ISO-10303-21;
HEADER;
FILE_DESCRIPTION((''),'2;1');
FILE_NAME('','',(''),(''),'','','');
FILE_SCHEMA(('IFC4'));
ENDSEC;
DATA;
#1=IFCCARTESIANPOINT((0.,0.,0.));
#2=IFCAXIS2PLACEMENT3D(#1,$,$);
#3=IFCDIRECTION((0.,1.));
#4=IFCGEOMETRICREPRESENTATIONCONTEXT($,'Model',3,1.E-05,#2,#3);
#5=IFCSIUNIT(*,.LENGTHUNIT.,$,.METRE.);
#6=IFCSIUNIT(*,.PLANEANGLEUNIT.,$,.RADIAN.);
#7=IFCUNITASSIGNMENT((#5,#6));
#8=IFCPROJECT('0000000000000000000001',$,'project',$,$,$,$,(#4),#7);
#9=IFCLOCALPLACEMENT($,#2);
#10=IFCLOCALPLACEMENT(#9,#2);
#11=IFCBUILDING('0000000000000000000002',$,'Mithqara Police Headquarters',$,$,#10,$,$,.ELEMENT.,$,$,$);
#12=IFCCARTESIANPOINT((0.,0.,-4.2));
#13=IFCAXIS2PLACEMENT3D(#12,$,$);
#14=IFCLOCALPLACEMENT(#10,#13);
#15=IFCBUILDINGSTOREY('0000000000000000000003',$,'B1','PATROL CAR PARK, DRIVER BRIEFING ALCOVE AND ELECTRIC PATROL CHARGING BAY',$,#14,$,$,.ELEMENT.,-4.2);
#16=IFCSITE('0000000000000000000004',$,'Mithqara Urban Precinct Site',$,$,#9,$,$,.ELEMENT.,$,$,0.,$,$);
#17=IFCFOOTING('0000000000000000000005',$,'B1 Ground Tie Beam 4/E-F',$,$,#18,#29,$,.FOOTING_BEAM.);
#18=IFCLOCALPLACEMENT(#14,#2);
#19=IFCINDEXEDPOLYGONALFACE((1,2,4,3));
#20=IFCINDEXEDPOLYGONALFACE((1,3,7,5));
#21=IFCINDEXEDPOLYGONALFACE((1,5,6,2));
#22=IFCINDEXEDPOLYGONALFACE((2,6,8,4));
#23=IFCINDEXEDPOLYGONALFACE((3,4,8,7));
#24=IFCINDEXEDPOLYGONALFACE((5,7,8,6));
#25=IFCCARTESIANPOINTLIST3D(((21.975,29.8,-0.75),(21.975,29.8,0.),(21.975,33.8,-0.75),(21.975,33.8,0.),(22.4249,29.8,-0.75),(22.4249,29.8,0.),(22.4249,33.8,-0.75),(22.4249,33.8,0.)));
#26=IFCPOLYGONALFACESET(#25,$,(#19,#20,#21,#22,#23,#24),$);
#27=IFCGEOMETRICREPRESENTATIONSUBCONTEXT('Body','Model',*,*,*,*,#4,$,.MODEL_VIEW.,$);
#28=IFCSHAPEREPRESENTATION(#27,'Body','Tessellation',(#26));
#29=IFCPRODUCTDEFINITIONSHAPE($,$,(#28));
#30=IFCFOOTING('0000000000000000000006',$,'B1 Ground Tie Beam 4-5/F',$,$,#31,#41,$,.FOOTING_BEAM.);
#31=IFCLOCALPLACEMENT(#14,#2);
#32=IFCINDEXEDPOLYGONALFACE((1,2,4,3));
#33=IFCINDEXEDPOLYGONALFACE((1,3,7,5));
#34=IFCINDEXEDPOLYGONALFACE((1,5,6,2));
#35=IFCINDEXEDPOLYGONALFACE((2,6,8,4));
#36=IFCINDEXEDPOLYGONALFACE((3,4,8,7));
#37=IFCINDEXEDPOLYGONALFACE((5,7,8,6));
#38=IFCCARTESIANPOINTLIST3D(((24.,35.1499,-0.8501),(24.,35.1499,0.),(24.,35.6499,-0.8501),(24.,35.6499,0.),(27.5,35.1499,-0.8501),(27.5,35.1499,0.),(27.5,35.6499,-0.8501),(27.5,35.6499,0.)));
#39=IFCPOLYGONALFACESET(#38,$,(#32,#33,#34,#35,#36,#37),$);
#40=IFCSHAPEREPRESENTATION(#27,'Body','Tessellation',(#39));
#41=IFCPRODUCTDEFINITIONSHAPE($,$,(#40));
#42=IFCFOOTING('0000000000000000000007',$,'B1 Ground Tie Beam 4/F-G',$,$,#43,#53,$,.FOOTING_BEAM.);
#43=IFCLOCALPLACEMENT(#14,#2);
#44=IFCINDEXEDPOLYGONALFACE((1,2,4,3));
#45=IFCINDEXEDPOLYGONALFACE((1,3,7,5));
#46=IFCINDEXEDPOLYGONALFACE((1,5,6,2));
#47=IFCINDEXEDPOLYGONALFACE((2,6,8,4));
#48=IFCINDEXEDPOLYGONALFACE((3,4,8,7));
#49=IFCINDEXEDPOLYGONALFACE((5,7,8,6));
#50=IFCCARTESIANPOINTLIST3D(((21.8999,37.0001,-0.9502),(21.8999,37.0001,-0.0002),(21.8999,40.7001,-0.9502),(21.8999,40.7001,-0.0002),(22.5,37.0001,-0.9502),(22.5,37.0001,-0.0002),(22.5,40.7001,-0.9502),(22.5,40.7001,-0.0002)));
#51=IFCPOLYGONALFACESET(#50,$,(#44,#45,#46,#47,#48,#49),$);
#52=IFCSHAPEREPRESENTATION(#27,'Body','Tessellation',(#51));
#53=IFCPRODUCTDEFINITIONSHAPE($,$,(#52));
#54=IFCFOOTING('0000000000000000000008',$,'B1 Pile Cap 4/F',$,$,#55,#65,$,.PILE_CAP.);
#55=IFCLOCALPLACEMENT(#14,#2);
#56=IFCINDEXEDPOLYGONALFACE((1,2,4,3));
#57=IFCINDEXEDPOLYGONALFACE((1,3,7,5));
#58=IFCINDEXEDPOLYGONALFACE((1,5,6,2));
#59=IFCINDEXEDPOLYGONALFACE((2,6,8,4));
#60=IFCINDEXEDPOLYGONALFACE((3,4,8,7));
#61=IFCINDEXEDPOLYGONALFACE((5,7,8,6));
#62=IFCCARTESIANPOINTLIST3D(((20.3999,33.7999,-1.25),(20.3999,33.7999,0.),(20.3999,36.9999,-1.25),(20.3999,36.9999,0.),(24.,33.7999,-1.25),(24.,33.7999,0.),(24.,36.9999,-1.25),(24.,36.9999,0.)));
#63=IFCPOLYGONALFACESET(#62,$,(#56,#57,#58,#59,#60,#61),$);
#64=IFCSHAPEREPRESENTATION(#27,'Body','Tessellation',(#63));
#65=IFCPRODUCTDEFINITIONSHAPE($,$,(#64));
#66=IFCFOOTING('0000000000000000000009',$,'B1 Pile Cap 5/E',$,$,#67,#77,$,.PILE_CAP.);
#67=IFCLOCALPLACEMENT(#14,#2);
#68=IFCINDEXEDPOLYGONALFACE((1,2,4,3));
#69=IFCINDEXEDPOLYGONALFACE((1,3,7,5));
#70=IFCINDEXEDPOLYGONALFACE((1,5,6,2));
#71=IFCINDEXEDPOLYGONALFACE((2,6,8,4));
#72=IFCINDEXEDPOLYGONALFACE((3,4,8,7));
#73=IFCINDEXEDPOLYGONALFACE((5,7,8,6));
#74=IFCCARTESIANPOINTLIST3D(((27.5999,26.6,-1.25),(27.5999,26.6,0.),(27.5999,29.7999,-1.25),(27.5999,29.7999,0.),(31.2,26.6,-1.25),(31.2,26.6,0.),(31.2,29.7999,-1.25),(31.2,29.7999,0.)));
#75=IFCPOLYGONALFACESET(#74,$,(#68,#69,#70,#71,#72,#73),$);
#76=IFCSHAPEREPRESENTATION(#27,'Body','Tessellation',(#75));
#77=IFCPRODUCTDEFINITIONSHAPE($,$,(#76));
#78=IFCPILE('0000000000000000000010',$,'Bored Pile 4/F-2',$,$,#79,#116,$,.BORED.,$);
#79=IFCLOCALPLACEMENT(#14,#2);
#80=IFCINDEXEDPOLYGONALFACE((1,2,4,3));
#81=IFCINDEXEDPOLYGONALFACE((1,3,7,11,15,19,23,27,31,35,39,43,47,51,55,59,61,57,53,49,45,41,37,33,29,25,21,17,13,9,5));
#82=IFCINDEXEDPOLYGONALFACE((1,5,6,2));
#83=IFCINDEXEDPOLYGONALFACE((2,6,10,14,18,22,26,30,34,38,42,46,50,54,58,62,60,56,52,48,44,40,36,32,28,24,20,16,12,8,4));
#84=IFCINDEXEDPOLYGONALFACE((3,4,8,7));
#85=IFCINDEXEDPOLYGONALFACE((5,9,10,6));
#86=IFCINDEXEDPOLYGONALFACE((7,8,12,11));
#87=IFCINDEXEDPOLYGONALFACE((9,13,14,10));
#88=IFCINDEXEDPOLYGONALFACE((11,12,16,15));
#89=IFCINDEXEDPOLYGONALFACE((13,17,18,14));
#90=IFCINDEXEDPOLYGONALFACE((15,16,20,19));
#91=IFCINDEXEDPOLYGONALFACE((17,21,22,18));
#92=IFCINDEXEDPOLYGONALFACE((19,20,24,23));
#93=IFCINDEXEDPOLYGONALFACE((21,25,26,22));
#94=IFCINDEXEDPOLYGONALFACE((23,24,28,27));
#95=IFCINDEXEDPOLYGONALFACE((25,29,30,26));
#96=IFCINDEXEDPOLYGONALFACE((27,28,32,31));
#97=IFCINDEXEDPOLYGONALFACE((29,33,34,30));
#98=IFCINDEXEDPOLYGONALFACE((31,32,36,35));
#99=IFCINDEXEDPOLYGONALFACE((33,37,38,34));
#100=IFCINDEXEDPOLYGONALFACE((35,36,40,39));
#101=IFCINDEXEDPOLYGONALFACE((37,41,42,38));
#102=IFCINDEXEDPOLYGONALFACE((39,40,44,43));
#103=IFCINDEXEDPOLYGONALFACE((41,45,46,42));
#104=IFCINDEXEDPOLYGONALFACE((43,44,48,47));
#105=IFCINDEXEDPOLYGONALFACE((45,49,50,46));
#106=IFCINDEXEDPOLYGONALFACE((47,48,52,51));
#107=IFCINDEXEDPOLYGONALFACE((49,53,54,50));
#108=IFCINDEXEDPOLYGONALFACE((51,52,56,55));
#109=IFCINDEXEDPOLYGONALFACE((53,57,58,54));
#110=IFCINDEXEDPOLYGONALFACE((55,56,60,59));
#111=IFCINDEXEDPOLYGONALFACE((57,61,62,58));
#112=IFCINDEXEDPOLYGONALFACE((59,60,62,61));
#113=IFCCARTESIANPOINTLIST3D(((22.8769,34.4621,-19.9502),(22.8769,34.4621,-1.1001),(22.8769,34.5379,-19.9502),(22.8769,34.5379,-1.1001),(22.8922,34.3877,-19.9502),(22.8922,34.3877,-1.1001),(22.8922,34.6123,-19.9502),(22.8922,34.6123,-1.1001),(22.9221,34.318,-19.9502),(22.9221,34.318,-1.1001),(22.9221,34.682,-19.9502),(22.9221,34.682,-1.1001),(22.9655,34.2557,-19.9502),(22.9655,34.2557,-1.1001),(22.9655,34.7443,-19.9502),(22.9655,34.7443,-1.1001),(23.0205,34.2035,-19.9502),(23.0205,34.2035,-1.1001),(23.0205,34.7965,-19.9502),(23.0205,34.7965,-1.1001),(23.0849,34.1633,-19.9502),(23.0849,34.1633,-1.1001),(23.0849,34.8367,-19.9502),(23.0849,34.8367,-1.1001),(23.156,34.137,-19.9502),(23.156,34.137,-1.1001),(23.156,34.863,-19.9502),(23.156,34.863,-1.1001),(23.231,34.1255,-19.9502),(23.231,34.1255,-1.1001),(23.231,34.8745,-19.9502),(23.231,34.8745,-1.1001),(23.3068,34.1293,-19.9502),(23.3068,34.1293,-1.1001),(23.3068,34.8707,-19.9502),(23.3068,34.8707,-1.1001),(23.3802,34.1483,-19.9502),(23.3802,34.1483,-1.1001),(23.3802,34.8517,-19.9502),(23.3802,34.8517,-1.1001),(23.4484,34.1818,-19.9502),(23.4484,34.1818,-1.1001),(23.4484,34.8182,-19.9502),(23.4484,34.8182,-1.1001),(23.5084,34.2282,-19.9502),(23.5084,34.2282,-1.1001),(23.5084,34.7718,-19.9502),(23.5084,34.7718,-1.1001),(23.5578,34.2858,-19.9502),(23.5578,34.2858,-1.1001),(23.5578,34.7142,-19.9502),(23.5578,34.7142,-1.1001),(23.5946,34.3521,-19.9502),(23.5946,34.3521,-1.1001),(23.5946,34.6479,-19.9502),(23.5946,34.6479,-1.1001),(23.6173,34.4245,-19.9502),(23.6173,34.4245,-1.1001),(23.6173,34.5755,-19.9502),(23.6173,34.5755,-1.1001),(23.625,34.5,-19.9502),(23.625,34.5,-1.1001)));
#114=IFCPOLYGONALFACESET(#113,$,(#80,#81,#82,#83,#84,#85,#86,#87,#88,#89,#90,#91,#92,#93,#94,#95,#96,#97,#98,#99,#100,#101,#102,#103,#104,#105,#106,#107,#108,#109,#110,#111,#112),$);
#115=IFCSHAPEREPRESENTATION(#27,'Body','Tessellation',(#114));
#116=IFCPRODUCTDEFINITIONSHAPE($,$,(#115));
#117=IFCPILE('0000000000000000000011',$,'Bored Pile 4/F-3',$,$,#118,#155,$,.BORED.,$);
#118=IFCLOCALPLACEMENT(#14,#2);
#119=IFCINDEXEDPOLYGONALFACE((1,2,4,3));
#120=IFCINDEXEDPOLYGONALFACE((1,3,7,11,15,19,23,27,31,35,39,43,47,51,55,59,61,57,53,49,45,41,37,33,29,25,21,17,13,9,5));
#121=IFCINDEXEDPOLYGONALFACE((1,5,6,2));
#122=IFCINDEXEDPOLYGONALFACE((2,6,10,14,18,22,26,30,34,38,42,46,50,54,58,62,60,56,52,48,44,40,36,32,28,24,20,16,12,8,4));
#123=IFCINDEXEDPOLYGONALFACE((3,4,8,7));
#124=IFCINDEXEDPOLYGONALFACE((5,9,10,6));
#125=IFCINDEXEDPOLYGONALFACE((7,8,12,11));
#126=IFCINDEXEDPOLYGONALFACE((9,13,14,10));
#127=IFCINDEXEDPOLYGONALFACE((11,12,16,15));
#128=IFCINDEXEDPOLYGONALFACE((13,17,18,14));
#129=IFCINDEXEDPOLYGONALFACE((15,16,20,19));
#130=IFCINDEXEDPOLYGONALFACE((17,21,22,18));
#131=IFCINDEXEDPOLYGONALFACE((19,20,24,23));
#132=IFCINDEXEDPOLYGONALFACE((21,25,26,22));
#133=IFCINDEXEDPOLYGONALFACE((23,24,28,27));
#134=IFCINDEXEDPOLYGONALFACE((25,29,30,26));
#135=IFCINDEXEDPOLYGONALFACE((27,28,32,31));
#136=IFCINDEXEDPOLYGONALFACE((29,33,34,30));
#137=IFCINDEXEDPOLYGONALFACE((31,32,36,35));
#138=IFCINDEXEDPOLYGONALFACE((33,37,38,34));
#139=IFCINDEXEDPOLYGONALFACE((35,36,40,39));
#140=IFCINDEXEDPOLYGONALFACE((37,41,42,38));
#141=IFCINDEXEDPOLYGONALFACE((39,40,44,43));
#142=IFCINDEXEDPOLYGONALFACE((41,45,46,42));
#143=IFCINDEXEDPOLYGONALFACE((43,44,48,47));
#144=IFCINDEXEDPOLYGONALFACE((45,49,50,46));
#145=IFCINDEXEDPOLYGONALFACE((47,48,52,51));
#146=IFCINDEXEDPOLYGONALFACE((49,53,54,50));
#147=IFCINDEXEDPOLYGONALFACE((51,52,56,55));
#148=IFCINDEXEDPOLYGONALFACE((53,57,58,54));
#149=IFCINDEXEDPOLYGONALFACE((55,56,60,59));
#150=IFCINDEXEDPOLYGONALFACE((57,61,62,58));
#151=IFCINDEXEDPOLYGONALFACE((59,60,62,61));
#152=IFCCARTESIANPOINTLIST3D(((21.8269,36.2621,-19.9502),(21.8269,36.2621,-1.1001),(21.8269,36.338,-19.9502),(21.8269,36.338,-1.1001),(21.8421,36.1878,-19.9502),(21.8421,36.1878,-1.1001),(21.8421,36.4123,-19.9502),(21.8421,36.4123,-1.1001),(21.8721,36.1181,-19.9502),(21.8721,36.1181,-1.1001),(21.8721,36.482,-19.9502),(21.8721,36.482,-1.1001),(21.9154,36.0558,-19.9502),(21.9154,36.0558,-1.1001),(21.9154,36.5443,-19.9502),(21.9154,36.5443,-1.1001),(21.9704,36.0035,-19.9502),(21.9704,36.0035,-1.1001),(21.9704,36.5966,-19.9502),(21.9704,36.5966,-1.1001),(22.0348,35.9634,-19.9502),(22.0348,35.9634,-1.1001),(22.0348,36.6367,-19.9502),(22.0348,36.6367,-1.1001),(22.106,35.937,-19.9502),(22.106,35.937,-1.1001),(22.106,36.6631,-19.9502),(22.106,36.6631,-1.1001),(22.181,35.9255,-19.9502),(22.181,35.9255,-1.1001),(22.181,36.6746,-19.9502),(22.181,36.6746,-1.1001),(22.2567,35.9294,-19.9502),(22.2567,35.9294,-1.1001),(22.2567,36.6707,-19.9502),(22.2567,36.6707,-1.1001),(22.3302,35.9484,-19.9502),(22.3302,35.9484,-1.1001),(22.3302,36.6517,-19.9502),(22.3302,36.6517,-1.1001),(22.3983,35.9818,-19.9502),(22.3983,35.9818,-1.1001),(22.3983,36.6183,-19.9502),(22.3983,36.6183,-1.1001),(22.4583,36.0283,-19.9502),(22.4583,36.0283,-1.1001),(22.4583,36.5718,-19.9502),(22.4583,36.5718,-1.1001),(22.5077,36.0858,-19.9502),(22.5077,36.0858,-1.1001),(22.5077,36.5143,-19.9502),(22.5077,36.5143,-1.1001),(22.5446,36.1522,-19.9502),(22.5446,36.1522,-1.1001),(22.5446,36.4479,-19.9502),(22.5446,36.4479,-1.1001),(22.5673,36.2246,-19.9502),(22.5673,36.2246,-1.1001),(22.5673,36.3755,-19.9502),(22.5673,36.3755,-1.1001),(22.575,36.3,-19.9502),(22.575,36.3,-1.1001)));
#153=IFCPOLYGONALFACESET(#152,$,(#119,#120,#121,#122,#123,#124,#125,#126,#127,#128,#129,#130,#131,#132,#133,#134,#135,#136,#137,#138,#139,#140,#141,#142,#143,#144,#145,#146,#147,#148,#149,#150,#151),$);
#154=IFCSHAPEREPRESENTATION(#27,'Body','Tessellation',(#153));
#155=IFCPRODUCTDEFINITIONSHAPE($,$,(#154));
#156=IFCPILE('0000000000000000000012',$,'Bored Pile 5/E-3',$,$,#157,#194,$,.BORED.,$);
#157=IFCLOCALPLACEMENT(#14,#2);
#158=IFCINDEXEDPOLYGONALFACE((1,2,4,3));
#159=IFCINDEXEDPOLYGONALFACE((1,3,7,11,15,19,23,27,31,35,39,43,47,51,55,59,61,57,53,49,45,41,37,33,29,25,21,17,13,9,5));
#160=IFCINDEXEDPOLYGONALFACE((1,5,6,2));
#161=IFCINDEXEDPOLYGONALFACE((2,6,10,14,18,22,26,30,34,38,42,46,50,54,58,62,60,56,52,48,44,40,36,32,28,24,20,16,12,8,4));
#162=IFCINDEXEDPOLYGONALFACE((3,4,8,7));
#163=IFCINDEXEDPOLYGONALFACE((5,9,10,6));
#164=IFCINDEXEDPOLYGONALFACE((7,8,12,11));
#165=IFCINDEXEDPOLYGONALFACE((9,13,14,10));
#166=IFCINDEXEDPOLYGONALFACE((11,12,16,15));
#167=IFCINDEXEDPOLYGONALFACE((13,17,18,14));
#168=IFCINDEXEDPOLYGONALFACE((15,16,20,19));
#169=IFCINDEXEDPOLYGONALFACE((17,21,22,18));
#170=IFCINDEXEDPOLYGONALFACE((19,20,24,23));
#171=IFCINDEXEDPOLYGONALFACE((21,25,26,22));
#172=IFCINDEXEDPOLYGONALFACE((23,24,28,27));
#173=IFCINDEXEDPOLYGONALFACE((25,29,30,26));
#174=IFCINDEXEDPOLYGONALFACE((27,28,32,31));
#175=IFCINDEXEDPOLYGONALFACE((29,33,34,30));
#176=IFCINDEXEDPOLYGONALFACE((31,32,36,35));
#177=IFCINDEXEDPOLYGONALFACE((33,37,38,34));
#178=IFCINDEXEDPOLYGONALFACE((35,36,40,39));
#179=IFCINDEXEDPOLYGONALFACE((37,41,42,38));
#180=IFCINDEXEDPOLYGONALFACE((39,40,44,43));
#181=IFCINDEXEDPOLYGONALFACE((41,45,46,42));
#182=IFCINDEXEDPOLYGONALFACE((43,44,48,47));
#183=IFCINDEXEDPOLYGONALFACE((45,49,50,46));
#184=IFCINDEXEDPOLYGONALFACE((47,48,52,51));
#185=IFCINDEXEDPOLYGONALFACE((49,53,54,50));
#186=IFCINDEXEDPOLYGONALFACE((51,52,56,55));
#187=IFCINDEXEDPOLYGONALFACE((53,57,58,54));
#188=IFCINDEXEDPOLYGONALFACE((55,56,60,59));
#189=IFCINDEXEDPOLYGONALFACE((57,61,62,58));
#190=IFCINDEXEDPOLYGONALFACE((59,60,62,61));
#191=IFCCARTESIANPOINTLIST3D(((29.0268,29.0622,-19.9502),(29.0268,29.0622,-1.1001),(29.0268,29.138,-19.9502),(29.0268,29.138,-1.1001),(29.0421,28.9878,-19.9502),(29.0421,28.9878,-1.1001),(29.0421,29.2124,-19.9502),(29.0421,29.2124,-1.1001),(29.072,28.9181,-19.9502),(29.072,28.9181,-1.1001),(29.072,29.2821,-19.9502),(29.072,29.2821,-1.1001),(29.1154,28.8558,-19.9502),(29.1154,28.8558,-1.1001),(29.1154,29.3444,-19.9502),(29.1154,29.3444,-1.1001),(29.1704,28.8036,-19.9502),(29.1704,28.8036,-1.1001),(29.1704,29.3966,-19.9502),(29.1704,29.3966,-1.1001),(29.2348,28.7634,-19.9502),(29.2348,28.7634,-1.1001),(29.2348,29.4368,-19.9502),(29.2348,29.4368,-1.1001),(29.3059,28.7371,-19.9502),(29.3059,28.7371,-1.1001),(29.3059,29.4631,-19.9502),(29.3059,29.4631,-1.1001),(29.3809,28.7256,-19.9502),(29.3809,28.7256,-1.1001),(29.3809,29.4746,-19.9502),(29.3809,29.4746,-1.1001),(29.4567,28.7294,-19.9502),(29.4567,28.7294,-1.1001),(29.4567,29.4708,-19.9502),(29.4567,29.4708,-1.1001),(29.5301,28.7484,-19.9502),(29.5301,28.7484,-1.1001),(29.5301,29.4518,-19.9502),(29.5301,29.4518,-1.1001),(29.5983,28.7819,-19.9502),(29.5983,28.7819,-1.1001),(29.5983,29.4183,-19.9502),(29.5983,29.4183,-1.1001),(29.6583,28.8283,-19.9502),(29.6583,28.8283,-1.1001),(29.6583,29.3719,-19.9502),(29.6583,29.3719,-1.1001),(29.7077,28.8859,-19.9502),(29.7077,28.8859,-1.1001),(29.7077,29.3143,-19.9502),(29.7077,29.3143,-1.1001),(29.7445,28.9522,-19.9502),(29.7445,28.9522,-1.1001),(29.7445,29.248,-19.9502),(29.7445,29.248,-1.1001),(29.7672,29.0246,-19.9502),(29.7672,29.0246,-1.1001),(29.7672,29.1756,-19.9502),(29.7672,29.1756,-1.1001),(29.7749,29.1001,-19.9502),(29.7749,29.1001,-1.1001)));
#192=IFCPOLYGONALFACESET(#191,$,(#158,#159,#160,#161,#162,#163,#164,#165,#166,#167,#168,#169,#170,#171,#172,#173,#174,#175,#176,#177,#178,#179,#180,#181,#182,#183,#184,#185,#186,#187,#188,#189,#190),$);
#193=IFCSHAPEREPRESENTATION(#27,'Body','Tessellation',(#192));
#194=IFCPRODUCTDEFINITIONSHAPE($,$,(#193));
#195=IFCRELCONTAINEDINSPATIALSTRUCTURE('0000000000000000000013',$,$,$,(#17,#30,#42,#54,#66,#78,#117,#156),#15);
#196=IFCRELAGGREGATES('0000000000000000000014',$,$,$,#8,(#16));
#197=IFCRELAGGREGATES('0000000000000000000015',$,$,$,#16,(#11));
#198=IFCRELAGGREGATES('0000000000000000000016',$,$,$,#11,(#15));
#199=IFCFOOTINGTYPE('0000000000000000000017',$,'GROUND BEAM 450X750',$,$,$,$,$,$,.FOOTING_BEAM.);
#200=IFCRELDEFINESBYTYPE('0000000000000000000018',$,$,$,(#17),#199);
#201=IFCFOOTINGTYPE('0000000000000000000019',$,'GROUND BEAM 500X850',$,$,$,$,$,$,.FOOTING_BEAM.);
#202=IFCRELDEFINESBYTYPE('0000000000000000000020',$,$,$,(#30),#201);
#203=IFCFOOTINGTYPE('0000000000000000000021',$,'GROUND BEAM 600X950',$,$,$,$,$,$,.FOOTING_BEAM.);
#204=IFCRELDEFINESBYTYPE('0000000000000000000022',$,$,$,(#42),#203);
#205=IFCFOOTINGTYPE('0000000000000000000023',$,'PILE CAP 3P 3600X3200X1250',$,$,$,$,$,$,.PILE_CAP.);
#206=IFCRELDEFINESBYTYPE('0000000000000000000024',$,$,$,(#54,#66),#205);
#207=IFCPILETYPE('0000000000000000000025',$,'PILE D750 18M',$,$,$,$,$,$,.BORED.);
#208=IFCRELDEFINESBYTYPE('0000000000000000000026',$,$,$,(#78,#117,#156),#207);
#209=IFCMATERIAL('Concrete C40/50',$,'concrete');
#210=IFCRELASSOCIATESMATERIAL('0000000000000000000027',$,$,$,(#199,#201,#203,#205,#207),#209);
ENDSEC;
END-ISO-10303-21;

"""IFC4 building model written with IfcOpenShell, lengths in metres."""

from ifc_helpers import new_model, si_unit, direction, frame, origin, origin_2d, place, context, subcontext, project, spatial, rectangle, circle, extrude, material, material_profile, profile_set, type_object, element, save


model = new_model("IFC4")

# Units and contexts
model_context = context("Model", 3, precision=1e-05, world=origin(), true_north=direction((0.0, 1.0)))
body_context = subcontext(model_context, "Body", "Model", "MODEL_VIEW")
ifc_project = project(units=[si_unit("LENGTHUNIT", "METRE"), si_unit("PLANEANGLEUNIT", "RADIAN")], contexts=[model_context])

# Site, building, storey
site_placement = place(None, origin())
site = spatial("IfcSite", under=ifc_project, at=site_placement, Name="Mithqara Urban Precinct Site", CompositionType="ELEMENT", RefElevation=0.0)
building_placement = place(site_placement, origin())
building = spatial("IfcBuilding", under=site, at=building_placement, Name="Mithqara Police Headquarters", CompositionType="ELEMENT")
storey_placement = place(building_placement, frame((0.0, 0.0, -4.2)))
storey = spatial("IfcBuildingStorey", under=building, at=storey_placement, Name="B1", Description="PATROL CAR PARK, DRIVER BRIEFING ALCOVE AND ELECTRIC PATROL CHARGING BAY", CompositionType="ELEMENT", Elevation=-4.2)

# Footings
ifc_material_1 = material(Name="Concrete C40/50", Category="concrete")
footing_type_1 = type_object("IfcFootingType", Name="GROUND BEAM 450X750", PredefinedType="FOOTING_BEAM", material=ifc_material_1)
footing_1_placement = place(storey_placement, frame((22.2, 31.8, -0.75), z_axis=(0.0, 0.0, 1.0), x_axis=(1.0, 0.0, 0.0)))
element("IfcFooting", 1, at=footing_1_placement, inside=storey, type_object=footing_type_1, Name="B1 Ground Tie Beam 4/E-F", PredefinedType="FOOTING_BEAM", context=body_context, shape_type="SweptSolid", body=[
    extrude(rectangle(XDim=0.45, YDim=4.0, at=origin_2d()), origin(), (0.0, 0.0, 1.0), 0.75),
])
footing_type_2 = type_object("IfcFootingType", Name="GROUND BEAM 500X850", PredefinedType="FOOTING_BEAM", material=ifc_material_1)
footing_2_placement = place(storey_placement, frame((25.75, 35.3999, -0.8501), z_axis=(0.0, 0.0, 1.0), x_axis=(1.0, 0.0, 0.0)))
element("IfcFooting", 2, at=footing_2_placement, inside=storey, type_object=footing_type_2, Name="B1 Ground Tie Beam 4-5/F", PredefinedType="FOOTING_BEAM", context=body_context, shape_type="SweptSolid", body=[
    extrude(rectangle(XDim=3.5, YDim=0.5, at=origin_2d()), origin(), (0.0, 0.0, 1.0), 0.8501),
])
footing_type_3 = type_object("IfcFootingType", Name="GROUND BEAM 600X950", PredefinedType="FOOTING_BEAM", material=ifc_material_1)
footing_3_placement = place(storey_placement, frame((22.2, 38.8501, -0.9502), z_axis=(0.0, 0.0, 1.0), x_axis=(1.0, 0.0, 0.0)))
element("IfcFooting", 3, at=footing_3_placement, inside=storey, type_object=footing_type_3, Name="B1 Ground Tie Beam 4/F-G", PredefinedType="FOOTING_BEAM", context=body_context, shape_type="SweptSolid", body=[
    extrude(rectangle(XDim=0.6001, YDim=3.7, at=origin_2d()), origin(), (0.0, 0.0, 1.0), 0.95),
])
footing_type_4 = type_object("IfcFootingType", Name="PILE CAP 3P 3600X3200X1250", PredefinedType="PILE_CAP", material=ifc_material_1)
for number, where, z_axis, x_axis, name in (
    (4, (22.2, 35.3999, -1.25), (0.0, 0.0, 1.0), (1.0, 0.0, 0.0), "B1 Pile Cap 4/F"),
    (5, (29.3999, 28.2, -1.25), (0.0, 0.0, 1.0), (1.0, 0.0, 0.0), "B1 Pile Cap 5/E"),
):
    element("IfcFooting", number, at=place(storey_placement, frame(where, z_axis=z_axis, x_axis=x_axis)), inside=storey, type_object=footing_type_4, Name=name, PredefinedType="PILE_CAP", context=body_context, shape_type="SweptSolid", body=[
        extrude(rectangle(XDim=3.6001, YDim=3.2, at=origin_2d()), origin(), (0.0, 0.0, 1.0), 1.25),
    ])

# Piles
ifc_material_profile_1 = material_profile(ifc_material_1, circle(Radius=0.375, at=origin_2d()), Name="PILE D750")
ifc_profile_set_1 = profile_set([ifc_material_profile_1], Name="Concrete C40/50")
pile_type_1 = type_object("IfcPileType", Name="PILE D750 18M", PredefinedType="BORED", material=ifc_profile_set_1)
for number, where, z_axis, x_axis, name in (
    (6, (23.25, 34.5, -1.1001), (0.0, 0.0, -1.0), (1.0, 0.0, 0.0), "Bored Pile 4/F-2"),
    (7, (22.2, 36.3, -1.1001), (0.0, 0.0, -1.0), (1.0, 0.0, 0.0), "Bored Pile 4/F-3"),
    (8, (29.3999, 29.1001, -1.1001), (0.0, 0.0, -1.0), (1.0, 0.0, 0.0), "Bored Pile 5/E-3"),
):
    element("IfcPile", number, at=place(storey_placement, frame(where, z_axis=z_axis, x_axis=x_axis)), inside=storey, type_object=pile_type_1, Name=name, PredefinedType="BORED", context=body_context, shape_type="SweptSolid", body=[
        extrude(circle(Radius=0.375, at=origin_2d()), origin(), (0.0, 0.0, 1.0), 18.8501),
    ])

save(model, "model.ifc")
